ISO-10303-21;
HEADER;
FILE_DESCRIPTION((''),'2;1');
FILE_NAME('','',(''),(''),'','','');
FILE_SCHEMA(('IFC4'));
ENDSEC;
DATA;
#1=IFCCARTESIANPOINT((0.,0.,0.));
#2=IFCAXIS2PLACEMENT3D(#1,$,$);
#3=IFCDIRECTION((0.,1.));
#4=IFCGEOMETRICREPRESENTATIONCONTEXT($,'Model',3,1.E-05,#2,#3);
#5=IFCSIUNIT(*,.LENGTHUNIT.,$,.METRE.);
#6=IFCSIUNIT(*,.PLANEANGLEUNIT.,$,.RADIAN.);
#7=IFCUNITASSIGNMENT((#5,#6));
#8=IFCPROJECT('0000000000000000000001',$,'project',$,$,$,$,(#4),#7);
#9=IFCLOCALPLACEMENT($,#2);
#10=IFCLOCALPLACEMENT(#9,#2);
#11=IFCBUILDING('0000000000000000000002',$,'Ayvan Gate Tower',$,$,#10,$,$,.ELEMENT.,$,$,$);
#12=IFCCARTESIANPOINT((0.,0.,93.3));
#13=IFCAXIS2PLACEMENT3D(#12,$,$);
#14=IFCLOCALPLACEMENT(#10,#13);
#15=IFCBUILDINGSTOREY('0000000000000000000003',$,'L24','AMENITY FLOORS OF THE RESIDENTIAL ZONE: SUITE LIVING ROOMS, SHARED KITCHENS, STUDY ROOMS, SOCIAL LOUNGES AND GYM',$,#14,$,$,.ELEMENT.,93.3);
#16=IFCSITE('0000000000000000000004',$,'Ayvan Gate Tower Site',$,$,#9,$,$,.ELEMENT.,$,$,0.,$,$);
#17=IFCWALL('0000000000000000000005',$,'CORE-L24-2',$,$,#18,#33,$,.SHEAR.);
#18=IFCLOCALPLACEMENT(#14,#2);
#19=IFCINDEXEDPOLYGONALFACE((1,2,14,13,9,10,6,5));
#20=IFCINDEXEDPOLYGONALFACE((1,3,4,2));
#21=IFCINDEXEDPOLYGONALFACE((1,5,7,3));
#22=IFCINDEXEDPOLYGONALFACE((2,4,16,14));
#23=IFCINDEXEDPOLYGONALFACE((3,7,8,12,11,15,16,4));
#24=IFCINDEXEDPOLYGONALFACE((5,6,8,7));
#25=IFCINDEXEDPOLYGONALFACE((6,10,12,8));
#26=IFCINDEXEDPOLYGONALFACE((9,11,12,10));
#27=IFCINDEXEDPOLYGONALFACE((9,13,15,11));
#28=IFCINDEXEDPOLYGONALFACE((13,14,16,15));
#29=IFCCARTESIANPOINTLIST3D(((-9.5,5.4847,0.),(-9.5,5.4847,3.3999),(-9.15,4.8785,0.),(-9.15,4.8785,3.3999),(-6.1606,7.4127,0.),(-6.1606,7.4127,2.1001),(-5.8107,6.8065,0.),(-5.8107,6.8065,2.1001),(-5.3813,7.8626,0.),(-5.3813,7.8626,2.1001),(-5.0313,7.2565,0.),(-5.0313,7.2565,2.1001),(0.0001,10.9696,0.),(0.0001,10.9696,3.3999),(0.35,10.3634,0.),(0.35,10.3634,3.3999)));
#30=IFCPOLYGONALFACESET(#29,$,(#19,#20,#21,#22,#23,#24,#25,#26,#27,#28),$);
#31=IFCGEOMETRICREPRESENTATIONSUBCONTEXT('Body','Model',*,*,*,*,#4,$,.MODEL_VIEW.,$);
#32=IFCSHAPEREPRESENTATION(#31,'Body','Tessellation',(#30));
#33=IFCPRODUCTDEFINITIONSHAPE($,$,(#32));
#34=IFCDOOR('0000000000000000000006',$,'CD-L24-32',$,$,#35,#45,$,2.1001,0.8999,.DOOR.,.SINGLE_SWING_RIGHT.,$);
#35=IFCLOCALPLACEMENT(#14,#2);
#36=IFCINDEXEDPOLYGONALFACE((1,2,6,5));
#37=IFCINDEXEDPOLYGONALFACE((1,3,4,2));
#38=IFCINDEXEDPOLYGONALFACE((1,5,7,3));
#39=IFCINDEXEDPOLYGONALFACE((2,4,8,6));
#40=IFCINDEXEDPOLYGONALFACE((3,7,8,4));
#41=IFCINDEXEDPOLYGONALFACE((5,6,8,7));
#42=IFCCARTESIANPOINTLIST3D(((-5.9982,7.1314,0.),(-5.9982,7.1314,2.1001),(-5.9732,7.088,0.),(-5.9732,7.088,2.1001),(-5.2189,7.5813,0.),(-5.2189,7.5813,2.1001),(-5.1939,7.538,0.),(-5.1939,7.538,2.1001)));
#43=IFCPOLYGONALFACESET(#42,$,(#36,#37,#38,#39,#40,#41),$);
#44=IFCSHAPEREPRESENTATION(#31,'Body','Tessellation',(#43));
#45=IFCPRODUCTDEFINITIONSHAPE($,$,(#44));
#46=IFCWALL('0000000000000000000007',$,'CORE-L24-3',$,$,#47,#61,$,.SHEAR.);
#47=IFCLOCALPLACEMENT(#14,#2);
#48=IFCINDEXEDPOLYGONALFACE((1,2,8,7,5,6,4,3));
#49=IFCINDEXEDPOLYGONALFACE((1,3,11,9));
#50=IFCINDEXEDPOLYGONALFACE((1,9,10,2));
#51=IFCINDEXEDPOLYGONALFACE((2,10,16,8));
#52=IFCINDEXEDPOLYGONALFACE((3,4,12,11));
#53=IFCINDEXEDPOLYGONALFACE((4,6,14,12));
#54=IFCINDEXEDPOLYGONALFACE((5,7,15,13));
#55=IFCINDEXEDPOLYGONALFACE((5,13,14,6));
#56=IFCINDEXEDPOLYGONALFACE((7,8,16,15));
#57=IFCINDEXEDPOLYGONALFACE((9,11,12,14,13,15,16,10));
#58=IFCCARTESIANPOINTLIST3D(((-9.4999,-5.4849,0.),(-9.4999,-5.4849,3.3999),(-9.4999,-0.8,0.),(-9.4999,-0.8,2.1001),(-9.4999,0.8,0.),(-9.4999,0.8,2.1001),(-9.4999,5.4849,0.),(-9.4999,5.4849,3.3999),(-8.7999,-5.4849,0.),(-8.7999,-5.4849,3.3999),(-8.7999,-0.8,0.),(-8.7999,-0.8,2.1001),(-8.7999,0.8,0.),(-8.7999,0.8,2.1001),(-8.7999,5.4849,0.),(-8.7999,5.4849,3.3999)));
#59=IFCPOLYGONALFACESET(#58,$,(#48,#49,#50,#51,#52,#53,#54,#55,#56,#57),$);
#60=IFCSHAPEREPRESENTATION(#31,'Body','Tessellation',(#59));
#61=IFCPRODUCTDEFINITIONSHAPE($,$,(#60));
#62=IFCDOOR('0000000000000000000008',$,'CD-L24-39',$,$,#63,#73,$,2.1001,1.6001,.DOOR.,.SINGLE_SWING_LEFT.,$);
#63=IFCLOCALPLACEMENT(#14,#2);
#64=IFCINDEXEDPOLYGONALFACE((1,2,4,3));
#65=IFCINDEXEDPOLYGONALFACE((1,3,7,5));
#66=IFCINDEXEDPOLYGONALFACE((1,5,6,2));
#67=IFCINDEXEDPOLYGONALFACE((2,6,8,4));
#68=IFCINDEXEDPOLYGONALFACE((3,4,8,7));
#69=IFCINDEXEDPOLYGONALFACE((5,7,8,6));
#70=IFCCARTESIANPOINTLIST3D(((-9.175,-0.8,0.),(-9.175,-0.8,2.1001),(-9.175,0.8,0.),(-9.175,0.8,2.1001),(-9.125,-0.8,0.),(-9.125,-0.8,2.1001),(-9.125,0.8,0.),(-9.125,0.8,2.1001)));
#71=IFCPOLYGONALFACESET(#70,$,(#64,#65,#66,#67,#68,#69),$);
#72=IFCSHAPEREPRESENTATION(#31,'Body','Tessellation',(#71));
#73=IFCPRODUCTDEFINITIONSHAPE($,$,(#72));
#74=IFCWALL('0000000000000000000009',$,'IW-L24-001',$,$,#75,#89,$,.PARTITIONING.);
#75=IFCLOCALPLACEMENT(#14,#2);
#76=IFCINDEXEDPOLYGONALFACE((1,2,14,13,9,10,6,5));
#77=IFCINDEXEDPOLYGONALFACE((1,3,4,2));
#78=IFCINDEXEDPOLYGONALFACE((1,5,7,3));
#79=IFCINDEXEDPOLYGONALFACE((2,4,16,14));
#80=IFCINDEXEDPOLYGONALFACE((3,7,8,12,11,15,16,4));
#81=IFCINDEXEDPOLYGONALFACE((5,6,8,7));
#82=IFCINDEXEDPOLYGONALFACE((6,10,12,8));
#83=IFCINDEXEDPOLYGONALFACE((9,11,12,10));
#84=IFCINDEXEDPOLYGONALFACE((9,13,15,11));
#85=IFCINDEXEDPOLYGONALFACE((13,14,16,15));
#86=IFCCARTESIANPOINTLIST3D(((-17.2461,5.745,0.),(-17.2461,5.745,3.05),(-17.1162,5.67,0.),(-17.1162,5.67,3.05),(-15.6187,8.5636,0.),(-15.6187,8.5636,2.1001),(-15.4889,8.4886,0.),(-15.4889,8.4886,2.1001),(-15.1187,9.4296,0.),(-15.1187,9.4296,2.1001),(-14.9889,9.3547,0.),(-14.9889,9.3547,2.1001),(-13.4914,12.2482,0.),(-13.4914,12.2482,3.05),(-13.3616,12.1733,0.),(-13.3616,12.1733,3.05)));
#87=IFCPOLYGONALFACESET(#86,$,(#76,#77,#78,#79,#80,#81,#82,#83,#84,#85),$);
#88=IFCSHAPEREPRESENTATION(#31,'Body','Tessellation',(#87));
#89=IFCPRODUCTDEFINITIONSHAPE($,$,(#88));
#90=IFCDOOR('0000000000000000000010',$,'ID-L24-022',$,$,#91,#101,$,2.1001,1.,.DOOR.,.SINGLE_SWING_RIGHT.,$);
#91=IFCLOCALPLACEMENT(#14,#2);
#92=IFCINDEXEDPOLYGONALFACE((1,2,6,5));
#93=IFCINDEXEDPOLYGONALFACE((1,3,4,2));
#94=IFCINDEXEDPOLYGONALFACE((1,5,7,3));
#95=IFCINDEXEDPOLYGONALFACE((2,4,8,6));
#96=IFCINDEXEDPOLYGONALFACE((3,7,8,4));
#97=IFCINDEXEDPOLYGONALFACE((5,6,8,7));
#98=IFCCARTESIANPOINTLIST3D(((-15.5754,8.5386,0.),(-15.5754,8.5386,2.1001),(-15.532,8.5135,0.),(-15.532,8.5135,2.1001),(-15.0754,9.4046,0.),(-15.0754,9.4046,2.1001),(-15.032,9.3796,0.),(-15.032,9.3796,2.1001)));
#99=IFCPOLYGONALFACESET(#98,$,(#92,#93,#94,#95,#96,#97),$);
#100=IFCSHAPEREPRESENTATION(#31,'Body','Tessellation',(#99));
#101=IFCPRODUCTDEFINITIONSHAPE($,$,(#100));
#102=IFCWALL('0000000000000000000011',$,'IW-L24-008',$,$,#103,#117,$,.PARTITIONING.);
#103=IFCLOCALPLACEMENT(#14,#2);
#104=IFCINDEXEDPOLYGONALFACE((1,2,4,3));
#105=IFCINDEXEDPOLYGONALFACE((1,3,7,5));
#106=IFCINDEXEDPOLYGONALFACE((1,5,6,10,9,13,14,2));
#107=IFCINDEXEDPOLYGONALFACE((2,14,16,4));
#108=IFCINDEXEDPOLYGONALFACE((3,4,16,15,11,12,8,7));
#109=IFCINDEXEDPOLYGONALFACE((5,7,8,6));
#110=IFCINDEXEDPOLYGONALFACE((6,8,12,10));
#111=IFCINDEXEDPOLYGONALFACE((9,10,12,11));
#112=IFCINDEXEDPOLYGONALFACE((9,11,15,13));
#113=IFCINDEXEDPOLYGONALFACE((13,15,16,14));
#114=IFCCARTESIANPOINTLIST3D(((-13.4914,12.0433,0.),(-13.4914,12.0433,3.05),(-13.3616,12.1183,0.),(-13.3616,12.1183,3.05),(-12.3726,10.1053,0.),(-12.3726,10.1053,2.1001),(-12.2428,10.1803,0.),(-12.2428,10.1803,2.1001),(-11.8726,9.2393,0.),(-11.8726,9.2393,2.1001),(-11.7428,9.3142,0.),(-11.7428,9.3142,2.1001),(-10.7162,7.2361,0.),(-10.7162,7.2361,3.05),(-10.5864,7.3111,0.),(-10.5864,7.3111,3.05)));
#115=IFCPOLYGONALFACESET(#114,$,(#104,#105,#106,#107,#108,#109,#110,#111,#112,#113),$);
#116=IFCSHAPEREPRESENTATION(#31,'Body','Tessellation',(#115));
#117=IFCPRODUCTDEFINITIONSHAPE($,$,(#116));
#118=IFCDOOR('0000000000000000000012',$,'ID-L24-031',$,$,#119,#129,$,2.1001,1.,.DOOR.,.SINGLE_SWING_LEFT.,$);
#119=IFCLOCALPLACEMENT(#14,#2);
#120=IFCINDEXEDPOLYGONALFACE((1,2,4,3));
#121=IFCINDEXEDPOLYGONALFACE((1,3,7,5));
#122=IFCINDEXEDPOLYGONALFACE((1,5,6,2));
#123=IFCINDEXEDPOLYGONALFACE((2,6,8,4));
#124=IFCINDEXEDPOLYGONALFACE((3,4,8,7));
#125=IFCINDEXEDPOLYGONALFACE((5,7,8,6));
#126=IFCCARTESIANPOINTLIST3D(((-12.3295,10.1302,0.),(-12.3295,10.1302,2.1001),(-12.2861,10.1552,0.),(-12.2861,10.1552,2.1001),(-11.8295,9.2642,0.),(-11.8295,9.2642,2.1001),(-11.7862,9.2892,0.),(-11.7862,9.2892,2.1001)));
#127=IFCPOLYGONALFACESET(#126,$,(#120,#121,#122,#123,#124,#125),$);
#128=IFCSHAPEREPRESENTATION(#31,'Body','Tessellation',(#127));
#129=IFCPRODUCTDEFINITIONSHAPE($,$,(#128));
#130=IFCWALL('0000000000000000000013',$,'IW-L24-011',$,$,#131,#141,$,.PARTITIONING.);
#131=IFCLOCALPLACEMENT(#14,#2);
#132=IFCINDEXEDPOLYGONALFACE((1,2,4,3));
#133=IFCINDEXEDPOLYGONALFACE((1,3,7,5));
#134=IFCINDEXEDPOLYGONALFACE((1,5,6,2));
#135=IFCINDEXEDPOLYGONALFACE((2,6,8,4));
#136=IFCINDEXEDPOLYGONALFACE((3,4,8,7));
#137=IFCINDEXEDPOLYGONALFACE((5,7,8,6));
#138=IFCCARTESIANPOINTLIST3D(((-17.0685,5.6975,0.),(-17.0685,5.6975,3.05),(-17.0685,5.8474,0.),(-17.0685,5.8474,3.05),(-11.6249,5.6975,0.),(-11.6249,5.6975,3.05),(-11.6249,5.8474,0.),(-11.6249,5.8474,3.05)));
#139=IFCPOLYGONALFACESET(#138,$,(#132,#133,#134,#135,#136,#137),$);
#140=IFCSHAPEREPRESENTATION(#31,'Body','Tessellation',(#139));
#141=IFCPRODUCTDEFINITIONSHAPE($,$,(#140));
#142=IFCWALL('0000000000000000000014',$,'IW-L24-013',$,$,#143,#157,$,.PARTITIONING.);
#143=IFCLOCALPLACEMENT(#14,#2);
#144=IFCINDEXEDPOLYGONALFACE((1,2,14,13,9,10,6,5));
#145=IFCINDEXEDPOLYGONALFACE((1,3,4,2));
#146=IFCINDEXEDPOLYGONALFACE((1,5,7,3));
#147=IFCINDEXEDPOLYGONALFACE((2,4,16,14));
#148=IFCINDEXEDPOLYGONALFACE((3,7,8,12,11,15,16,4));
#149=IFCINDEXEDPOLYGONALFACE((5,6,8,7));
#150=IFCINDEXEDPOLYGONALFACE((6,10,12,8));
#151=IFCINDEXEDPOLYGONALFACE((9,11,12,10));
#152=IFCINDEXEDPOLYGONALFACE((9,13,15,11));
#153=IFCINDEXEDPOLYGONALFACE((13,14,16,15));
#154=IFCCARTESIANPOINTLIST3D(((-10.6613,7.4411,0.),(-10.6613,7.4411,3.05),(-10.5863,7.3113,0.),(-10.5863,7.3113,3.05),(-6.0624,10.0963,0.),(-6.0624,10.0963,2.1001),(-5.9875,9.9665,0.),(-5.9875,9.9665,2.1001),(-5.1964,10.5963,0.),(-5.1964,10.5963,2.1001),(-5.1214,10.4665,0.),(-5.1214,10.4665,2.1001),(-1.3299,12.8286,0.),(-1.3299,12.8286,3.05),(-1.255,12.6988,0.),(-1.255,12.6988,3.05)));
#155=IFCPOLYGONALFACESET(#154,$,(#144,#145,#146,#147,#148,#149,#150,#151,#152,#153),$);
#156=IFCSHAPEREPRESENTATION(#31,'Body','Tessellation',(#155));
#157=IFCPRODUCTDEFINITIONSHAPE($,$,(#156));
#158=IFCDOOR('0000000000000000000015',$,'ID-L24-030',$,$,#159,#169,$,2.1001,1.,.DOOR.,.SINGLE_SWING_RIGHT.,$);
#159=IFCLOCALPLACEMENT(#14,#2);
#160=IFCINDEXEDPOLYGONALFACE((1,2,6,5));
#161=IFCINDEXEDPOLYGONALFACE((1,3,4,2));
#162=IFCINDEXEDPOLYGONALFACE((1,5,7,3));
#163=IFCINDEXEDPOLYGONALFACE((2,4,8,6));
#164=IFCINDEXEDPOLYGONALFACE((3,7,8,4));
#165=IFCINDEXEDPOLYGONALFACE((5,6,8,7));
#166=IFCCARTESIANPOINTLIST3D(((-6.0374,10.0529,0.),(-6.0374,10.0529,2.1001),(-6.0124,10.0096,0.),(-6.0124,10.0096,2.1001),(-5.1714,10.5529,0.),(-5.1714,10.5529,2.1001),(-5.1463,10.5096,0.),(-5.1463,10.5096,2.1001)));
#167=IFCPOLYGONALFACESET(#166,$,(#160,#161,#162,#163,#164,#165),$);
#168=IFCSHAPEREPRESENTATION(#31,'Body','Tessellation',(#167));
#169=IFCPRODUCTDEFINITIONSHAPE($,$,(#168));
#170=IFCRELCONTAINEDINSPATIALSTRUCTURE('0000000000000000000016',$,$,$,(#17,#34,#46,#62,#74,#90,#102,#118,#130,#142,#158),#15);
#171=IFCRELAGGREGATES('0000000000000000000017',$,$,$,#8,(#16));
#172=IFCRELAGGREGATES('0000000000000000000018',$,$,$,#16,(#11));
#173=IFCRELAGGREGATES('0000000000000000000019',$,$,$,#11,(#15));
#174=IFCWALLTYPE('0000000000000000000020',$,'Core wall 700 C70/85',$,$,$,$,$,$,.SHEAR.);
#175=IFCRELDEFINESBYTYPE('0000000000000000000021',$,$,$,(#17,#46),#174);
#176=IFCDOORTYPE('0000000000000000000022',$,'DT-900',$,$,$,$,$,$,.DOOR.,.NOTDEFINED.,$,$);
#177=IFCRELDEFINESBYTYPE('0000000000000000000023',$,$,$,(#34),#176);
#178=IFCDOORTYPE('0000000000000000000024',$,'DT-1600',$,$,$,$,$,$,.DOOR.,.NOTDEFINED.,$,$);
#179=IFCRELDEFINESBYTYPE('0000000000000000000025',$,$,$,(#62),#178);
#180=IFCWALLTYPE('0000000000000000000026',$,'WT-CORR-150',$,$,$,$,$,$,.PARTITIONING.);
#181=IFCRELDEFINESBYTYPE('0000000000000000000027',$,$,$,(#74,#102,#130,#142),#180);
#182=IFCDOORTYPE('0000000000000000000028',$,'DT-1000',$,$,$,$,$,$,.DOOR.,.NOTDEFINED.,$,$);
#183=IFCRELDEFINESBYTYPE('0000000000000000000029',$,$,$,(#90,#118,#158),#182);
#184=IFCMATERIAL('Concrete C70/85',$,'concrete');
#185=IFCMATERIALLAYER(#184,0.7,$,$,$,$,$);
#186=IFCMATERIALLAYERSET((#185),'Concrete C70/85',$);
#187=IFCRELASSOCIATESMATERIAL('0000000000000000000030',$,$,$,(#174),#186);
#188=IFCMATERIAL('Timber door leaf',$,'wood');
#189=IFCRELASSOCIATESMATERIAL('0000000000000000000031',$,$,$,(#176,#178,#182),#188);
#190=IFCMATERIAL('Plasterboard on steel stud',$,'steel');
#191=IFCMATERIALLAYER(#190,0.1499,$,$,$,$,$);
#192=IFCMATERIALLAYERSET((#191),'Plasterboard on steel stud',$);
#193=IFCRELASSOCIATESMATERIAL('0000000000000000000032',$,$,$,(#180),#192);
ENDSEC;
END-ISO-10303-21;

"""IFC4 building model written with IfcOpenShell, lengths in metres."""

from ifc_helpers import new_model, si_unit, direction, frame, frame_2d, origin, place, context, subcontext, project, spatial, rectangle, extrude, material, layer, layer_set, type_object, element, fill, save


model = new_model("IFC4")

# Units and contexts
model_context = context("Model", 3, precision=1e-05, world=origin(), true_north=direction((0.0, 1.0)))
body_context = subcontext(model_context, "Body", "Model", "MODEL_VIEW")
ifc_project = project(units=[si_unit("LENGTHUNIT", "METRE"), si_unit("PLANEANGLEUNIT", "RADIAN")], contexts=[model_context])

# Site, building, storey
site_placement = place(None, origin())
site = spatial("IfcSite", under=ifc_project, at=site_placement, Name="Ayvan Gate Tower Site", CompositionType="ELEMENT", RefElevation=0.0)
building_placement = place(site_placement, origin())
building = spatial("IfcBuilding", under=site, at=building_placement, Name="Ayvan Gate Tower", CompositionType="ELEMENT")
storey_placement = place(building_placement, frame((0.0, 0.0, 93.3)))
storey = spatial("IfcBuildingStorey", under=building, at=storey_placement, Name="L24", Description="AMENITY FLOORS OF THE RESIDENTIAL ZONE: SUITE LIVING ROOMS, SHARED KITCHENS, STUDY ROOMS, SOCIAL LOUNGES AND GYM", CompositionType="ELEMENT", Elevation=93.3)

# Walls, openings, doors
ifc_material_1 = material(Name="Concrete C70/85", Category="concrete")
ifc_layer_1 = layer(ifc_material_1, 0.7)
ifc_layer_set_1 = layer_set([ifc_layer_1], Name="Concrete C70/85")
wall_type_1 = type_object("IfcWallType", Name="Core wall 700 C70/85", PredefinedType="SHEAR", material=ifc_layer_set_1)
wall_1_placement = place(storey_placement, frame((0.175, 10.6665, 0.0), z_axis=(0.0, 0.0, 1.0), x_axis=(-0.866024, -0.500002, 0.0)))
wall_1 = element("IfcWall", 1, at=wall_1_placement, inside=storey, type_object=wall_type_1, Name="CORE-L24-2", PredefinedType="SHEAR", context=body_context, shape_type="SweptSolid", body=[
    extrude(rectangle(XDim=10.9697, YDim=0.7, at=frame_2d((5.4849, 0.0))), origin(), (0.0, 0.0, 1.0), 3.3999),
])
opening_1_placement = place(wall_1_placement, frame((6.2139, 0.0, 0.0)))
opening_1 = element("IfcOpeningElement", 2, at=opening_1_placement, cuts=wall_1, PredefinedType="OPENING", context=body_context, shape_type="SweptSolid", body=[
    extrude(rectangle(XDim=0.8999, YDim=2.1001, at=frame_2d((0.45, 1.05))), frame((0.0, 0.3599, 0.0), z_axis=(0.0, -1.0, 0.0), x_axis=(1.0, 0.0, 0.0)), (0.0, 0.0, 1.0), 0.72),
])
ifc_material_2 = material(Name="Timber door leaf", Category="wood")
door_type_1 = type_object("IfcDoorType", Name="DT-900", OperationType="NOTDEFINED", PredefinedType="DOOR", material=ifc_material_2)
door_1_placement = place(opening_1_placement, origin())
door_1 = element("IfcDoor", 3, at=door_1_placement, inside=storey, type_object=door_type_1, Name="CD-L24-32", OperationType="SINGLE_SWING_RIGHT", OverallHeight=2.1001, OverallWidth=0.8999, PredefinedType="DOOR", context=body_context, shape_type="SweptSolid", body=[
    extrude(rectangle(XDim=0.8999, YDim=2.1001, at=frame_2d((0.45, 1.05))), frame((0.0, 0.0249, 0.0), z_axis=(0.0, -1.0, 0.0), x_axis=(1.0, 0.0, 0.0)), (0.0, 0.0, 1.0), 0.05),
])
fill(opening_1, door_1)
wall_2_placement = place(storey_placement, frame((-9.1499, 5.4849, 0.0), z_axis=(0.0, 0.0, 1.0), x_axis=(0.0, -1.0, 0.0)))
wall_2 = element("IfcWall", 4, at=wall_2_placement, inside=storey, type_object=wall_type_1, Name="CORE-L24-3", PredefinedType="SHEAR", context=body_context, shape_type="SweptSolid", body=[
    extrude(rectangle(XDim=10.9697, YDim=0.7, at=frame_2d((5.4849, 0.0))), origin(), (0.0, 0.0, 1.0), 3.3999),
])
opening_2_placement = place(wall_2_placement, frame((4.6848, 0.0, 0.0)))
opening_2 = element("IfcOpeningElement", 5, at=opening_2_placement, cuts=wall_2, PredefinedType="OPENING", context=body_context, shape_type="SweptSolid", body=[
    extrude(rectangle(XDim=1.6001, YDim=2.1001, at=frame_2d((0.8, 1.05))), frame((0.0, 0.3599, 0.0), z_axis=(0.0, -1.0, 0.0), x_axis=(1.0, 0.0, 0.0)), (0.0, 0.0, 1.0), 0.72),
])
door_type_2 = type_object("IfcDoorType", Name="DT-1600", OperationType="NOTDEFINED", PredefinedType="DOOR", material=ifc_material_2)
door_2_placement = place(opening_2_placement, origin())
door_2 = element("IfcDoor", 6, at=door_2_placement, inside=storey, type_object=door_type_2, Name="CD-L24-39", OperationType="SINGLE_SWING_LEFT", OverallHeight=2.1001, OverallWidth=1.6001, PredefinedType="DOOR", context=body_context, shape_type="SweptSolid", body=[
    extrude(rectangle(XDim=1.6001, YDim=2.1001, at=frame_2d((0.8, 1.05))), frame((0.0, 0.0249, 0.0), z_axis=(0.0, -1.0, 0.0), x_axis=(1.0, 0.0, 0.0)), (0.0, 0.0, 1.0), 0.05),
])
fill(opening_2, door_2)
ifc_material_3 = material(Name="Plasterboard on steel stud", Category="steel")
ifc_layer_2 = layer(ifc_material_3, 0.1499)
ifc_layer_set_2 = layer_set([ifc_layer_2], Name="Plasterboard on steel stud")
wall_type_2 = type_object("IfcWallType", Name="WT-CORR-150", PredefinedType="PARTITIONING", material=ifc_layer_set_2)
wall_3_placement = place(storey_placement, frame((-17.1812, 5.7075, 0.0), z_axis=(0.0, 0.0, 1.0), x_axis=(0.500003, 0.866024, 0.0)))
wall_3 = element("IfcWall", 7, at=wall_3_placement, inside=storey, type_object=wall_type_2, Name="IW-L24-001", PredefinedType="PARTITIONING", context=body_context, shape_type="SweptSolid", body=[
    extrude(rectangle(XDim=7.5093, YDim=0.1499, at=frame_2d((3.7546, 0.0))), origin(), (0.0, 0.0, 1.0), 3.05),
])
opening_3_placement = place(wall_3_placement, frame((3.2546, 0.0, 0.0)))
opening_3 = element("IfcOpeningElement", 8, at=opening_3_placement, cuts=wall_3, PredefinedType="OPENING", context=body_context, shape_type="SweptSolid", body=[
    extrude(rectangle(XDim=1.0, YDim=2.1001, at=frame_2d((0.5, 1.05))), frame((0.0, 0.085, 0.0), z_axis=(0.0, -1.0, 0.0), x_axis=(1.0, 0.0, 0.0)), (0.0, 0.0, 1.0), 0.1699),
])
door_type_3 = type_object("IfcDoorType", Name="DT-1000", OperationType="NOTDEFINED", PredefinedType="DOOR", material=ifc_material_2)
door_3_placement = place(opening_3_placement, origin())
door_3 = element("IfcDoor", 9, at=door_3_placement, inside=storey, type_object=door_type_3, Name="ID-L24-022", OperationType="SINGLE_SWING_RIGHT", OverallHeight=2.1001, OverallWidth=1.0, PredefinedType="DOOR", context=body_context, shape_type="SweptSolid", body=[
    extrude(rectangle(XDim=1.0, YDim=2.1001, at=frame_2d((0.5, 1.05))), frame((0.0, 0.0249, 0.0), z_axis=(0.0, -1.0, 0.0), x_axis=(1.0, 0.0, 0.0)), (0.0, 0.0, 1.0), 0.05),
])
fill(opening_3, door_3)
wall_4_placement = place(storey_placement, frame((-13.4265, 12.0808, 0.0), z_axis=(0.0, 0.0, 1.0), x_axis=(0.499966, -0.866045, 0.0)))
wall_4 = element("IfcWall", 10, at=wall_4_placement, inside=storey, type_object=wall_type_2, Name="IW-L24-008", PredefinedType="PARTITIONING", context=body_context, shape_type="SweptSolid", body=[
    extrude(rectangle(XDim=5.5508, YDim=0.1499, at=frame_2d((2.7754, 0.0))), origin(), (0.0, 0.0, 1.0), 3.05),
])
opening_4_placement = place(wall_4_placement, frame((2.2378, 0.0, 0.0)))
opening_4 = element("IfcOpeningElement", 11, at=opening_4_placement, cuts=wall_4, PredefinedType="OPENING", context=body_context, shape_type="SweptSolid", body=[
    extrude(rectangle(XDim=1.0, YDim=2.1001, at=frame_2d((0.5, 1.05))), frame((0.0, 0.085, 0.0), z_axis=(0.0, -1.0, 0.0), x_axis=(1.0, 0.0, 0.0)), (0.0, 0.0, 1.0), 0.1699),
])
door_4_placement = place(opening_4_placement, origin())
door_4 = element("IfcDoor", 12, at=door_4_placement, inside=storey, type_object=door_type_3, Name="ID-L24-031", OperationType="SINGLE_SWING_LEFT", OverallHeight=2.1001, OverallWidth=1.0, PredefinedType="DOOR", context=body_context, shape_type="SweptSolid", body=[
    extrude(rectangle(XDim=1.0, YDim=2.1001, at=frame_2d((0.5, 1.05))), frame((0.0, 0.0249, 0.0), z_axis=(0.0, -1.0, 0.0), x_axis=(1.0, 0.0, 0.0)), (0.0, 0.0, 1.0), 0.05),
])
fill(opening_4, door_4)

# Wall
wall_5_placement = place(storey_placement, frame((-11.625, 5.7725, 0.0), z_axis=(0.0, 0.0, 1.0), x_axis=(-1.0, 0.0, 0.0)))
element("IfcWall", 13, at=wall_5_placement, inside=storey, type_object=wall_type_2, Name="IW-L24-011", PredefinedType="PARTITIONING", context=body_context, shape_type="SweptSolid", body=[
    extrude(rectangle(XDim=5.4436, YDim=0.1499, at=frame_2d((2.7217, 0.0))), origin(), (0.0, 0.0, 1.0), 3.05),
])

# Wall, opening, door
wall_6_placement = place(storey_placement, frame((-10.6238, 7.3762, 0.0), z_axis=(0.0, 0.0, 1.0), x_axis=(0.866024, 0.500002, 0.0)))
wall_6 = element("IfcWall", 14, at=wall_6_placement, inside=storey, type_object=wall_type_2, Name="IW-L24-013", PredefinedType="PARTITIONING", context=body_context, shape_type="SweptSolid", body=[
    extrude(rectangle(XDim=10.7749, YDim=0.1499, at=frame_2d((5.3875, 0.0))), origin(), (0.0, 0.0, 1.0), 3.05),
])
opening_5_placement = place(wall_6_placement, frame((5.3103, 0.0, 0.0)))
opening_5 = element("IfcOpeningElement", 15, at=opening_5_placement, cuts=wall_6, PredefinedType="OPENING", context=body_context, shape_type="SweptSolid", body=[
    extrude(rectangle(XDim=1.0, YDim=2.1001, at=frame_2d((0.5, 1.05))), frame((0.0, 0.085, 0.0), z_axis=(0.0, -1.0, 0.0), x_axis=(1.0, 0.0, 0.0)), (0.0, 0.0, 1.0), 0.1699),
])
door_5_placement = place(opening_5_placement, origin())
door_5 = element("IfcDoor", 16, at=door_5_placement, inside=storey, type_object=door_type_3, Name="ID-L24-030", OperationType="SINGLE_SWING_RIGHT", OverallHeight=2.1001, OverallWidth=1.0, PredefinedType="DOOR", context=body_context, shape_type="SweptSolid", body=[
    extrude(rectangle(XDim=1.0, YDim=2.1001, at=frame_2d((0.5, 1.05))), frame((0.0, 0.0249, 0.0), z_axis=(0.0, -1.0, 0.0), x_axis=(1.0, 0.0, 0.0)), (0.0, 0.0, 1.0), 0.05),
])
fill(opening_5, door_5)

save(model, "model.ifc")
